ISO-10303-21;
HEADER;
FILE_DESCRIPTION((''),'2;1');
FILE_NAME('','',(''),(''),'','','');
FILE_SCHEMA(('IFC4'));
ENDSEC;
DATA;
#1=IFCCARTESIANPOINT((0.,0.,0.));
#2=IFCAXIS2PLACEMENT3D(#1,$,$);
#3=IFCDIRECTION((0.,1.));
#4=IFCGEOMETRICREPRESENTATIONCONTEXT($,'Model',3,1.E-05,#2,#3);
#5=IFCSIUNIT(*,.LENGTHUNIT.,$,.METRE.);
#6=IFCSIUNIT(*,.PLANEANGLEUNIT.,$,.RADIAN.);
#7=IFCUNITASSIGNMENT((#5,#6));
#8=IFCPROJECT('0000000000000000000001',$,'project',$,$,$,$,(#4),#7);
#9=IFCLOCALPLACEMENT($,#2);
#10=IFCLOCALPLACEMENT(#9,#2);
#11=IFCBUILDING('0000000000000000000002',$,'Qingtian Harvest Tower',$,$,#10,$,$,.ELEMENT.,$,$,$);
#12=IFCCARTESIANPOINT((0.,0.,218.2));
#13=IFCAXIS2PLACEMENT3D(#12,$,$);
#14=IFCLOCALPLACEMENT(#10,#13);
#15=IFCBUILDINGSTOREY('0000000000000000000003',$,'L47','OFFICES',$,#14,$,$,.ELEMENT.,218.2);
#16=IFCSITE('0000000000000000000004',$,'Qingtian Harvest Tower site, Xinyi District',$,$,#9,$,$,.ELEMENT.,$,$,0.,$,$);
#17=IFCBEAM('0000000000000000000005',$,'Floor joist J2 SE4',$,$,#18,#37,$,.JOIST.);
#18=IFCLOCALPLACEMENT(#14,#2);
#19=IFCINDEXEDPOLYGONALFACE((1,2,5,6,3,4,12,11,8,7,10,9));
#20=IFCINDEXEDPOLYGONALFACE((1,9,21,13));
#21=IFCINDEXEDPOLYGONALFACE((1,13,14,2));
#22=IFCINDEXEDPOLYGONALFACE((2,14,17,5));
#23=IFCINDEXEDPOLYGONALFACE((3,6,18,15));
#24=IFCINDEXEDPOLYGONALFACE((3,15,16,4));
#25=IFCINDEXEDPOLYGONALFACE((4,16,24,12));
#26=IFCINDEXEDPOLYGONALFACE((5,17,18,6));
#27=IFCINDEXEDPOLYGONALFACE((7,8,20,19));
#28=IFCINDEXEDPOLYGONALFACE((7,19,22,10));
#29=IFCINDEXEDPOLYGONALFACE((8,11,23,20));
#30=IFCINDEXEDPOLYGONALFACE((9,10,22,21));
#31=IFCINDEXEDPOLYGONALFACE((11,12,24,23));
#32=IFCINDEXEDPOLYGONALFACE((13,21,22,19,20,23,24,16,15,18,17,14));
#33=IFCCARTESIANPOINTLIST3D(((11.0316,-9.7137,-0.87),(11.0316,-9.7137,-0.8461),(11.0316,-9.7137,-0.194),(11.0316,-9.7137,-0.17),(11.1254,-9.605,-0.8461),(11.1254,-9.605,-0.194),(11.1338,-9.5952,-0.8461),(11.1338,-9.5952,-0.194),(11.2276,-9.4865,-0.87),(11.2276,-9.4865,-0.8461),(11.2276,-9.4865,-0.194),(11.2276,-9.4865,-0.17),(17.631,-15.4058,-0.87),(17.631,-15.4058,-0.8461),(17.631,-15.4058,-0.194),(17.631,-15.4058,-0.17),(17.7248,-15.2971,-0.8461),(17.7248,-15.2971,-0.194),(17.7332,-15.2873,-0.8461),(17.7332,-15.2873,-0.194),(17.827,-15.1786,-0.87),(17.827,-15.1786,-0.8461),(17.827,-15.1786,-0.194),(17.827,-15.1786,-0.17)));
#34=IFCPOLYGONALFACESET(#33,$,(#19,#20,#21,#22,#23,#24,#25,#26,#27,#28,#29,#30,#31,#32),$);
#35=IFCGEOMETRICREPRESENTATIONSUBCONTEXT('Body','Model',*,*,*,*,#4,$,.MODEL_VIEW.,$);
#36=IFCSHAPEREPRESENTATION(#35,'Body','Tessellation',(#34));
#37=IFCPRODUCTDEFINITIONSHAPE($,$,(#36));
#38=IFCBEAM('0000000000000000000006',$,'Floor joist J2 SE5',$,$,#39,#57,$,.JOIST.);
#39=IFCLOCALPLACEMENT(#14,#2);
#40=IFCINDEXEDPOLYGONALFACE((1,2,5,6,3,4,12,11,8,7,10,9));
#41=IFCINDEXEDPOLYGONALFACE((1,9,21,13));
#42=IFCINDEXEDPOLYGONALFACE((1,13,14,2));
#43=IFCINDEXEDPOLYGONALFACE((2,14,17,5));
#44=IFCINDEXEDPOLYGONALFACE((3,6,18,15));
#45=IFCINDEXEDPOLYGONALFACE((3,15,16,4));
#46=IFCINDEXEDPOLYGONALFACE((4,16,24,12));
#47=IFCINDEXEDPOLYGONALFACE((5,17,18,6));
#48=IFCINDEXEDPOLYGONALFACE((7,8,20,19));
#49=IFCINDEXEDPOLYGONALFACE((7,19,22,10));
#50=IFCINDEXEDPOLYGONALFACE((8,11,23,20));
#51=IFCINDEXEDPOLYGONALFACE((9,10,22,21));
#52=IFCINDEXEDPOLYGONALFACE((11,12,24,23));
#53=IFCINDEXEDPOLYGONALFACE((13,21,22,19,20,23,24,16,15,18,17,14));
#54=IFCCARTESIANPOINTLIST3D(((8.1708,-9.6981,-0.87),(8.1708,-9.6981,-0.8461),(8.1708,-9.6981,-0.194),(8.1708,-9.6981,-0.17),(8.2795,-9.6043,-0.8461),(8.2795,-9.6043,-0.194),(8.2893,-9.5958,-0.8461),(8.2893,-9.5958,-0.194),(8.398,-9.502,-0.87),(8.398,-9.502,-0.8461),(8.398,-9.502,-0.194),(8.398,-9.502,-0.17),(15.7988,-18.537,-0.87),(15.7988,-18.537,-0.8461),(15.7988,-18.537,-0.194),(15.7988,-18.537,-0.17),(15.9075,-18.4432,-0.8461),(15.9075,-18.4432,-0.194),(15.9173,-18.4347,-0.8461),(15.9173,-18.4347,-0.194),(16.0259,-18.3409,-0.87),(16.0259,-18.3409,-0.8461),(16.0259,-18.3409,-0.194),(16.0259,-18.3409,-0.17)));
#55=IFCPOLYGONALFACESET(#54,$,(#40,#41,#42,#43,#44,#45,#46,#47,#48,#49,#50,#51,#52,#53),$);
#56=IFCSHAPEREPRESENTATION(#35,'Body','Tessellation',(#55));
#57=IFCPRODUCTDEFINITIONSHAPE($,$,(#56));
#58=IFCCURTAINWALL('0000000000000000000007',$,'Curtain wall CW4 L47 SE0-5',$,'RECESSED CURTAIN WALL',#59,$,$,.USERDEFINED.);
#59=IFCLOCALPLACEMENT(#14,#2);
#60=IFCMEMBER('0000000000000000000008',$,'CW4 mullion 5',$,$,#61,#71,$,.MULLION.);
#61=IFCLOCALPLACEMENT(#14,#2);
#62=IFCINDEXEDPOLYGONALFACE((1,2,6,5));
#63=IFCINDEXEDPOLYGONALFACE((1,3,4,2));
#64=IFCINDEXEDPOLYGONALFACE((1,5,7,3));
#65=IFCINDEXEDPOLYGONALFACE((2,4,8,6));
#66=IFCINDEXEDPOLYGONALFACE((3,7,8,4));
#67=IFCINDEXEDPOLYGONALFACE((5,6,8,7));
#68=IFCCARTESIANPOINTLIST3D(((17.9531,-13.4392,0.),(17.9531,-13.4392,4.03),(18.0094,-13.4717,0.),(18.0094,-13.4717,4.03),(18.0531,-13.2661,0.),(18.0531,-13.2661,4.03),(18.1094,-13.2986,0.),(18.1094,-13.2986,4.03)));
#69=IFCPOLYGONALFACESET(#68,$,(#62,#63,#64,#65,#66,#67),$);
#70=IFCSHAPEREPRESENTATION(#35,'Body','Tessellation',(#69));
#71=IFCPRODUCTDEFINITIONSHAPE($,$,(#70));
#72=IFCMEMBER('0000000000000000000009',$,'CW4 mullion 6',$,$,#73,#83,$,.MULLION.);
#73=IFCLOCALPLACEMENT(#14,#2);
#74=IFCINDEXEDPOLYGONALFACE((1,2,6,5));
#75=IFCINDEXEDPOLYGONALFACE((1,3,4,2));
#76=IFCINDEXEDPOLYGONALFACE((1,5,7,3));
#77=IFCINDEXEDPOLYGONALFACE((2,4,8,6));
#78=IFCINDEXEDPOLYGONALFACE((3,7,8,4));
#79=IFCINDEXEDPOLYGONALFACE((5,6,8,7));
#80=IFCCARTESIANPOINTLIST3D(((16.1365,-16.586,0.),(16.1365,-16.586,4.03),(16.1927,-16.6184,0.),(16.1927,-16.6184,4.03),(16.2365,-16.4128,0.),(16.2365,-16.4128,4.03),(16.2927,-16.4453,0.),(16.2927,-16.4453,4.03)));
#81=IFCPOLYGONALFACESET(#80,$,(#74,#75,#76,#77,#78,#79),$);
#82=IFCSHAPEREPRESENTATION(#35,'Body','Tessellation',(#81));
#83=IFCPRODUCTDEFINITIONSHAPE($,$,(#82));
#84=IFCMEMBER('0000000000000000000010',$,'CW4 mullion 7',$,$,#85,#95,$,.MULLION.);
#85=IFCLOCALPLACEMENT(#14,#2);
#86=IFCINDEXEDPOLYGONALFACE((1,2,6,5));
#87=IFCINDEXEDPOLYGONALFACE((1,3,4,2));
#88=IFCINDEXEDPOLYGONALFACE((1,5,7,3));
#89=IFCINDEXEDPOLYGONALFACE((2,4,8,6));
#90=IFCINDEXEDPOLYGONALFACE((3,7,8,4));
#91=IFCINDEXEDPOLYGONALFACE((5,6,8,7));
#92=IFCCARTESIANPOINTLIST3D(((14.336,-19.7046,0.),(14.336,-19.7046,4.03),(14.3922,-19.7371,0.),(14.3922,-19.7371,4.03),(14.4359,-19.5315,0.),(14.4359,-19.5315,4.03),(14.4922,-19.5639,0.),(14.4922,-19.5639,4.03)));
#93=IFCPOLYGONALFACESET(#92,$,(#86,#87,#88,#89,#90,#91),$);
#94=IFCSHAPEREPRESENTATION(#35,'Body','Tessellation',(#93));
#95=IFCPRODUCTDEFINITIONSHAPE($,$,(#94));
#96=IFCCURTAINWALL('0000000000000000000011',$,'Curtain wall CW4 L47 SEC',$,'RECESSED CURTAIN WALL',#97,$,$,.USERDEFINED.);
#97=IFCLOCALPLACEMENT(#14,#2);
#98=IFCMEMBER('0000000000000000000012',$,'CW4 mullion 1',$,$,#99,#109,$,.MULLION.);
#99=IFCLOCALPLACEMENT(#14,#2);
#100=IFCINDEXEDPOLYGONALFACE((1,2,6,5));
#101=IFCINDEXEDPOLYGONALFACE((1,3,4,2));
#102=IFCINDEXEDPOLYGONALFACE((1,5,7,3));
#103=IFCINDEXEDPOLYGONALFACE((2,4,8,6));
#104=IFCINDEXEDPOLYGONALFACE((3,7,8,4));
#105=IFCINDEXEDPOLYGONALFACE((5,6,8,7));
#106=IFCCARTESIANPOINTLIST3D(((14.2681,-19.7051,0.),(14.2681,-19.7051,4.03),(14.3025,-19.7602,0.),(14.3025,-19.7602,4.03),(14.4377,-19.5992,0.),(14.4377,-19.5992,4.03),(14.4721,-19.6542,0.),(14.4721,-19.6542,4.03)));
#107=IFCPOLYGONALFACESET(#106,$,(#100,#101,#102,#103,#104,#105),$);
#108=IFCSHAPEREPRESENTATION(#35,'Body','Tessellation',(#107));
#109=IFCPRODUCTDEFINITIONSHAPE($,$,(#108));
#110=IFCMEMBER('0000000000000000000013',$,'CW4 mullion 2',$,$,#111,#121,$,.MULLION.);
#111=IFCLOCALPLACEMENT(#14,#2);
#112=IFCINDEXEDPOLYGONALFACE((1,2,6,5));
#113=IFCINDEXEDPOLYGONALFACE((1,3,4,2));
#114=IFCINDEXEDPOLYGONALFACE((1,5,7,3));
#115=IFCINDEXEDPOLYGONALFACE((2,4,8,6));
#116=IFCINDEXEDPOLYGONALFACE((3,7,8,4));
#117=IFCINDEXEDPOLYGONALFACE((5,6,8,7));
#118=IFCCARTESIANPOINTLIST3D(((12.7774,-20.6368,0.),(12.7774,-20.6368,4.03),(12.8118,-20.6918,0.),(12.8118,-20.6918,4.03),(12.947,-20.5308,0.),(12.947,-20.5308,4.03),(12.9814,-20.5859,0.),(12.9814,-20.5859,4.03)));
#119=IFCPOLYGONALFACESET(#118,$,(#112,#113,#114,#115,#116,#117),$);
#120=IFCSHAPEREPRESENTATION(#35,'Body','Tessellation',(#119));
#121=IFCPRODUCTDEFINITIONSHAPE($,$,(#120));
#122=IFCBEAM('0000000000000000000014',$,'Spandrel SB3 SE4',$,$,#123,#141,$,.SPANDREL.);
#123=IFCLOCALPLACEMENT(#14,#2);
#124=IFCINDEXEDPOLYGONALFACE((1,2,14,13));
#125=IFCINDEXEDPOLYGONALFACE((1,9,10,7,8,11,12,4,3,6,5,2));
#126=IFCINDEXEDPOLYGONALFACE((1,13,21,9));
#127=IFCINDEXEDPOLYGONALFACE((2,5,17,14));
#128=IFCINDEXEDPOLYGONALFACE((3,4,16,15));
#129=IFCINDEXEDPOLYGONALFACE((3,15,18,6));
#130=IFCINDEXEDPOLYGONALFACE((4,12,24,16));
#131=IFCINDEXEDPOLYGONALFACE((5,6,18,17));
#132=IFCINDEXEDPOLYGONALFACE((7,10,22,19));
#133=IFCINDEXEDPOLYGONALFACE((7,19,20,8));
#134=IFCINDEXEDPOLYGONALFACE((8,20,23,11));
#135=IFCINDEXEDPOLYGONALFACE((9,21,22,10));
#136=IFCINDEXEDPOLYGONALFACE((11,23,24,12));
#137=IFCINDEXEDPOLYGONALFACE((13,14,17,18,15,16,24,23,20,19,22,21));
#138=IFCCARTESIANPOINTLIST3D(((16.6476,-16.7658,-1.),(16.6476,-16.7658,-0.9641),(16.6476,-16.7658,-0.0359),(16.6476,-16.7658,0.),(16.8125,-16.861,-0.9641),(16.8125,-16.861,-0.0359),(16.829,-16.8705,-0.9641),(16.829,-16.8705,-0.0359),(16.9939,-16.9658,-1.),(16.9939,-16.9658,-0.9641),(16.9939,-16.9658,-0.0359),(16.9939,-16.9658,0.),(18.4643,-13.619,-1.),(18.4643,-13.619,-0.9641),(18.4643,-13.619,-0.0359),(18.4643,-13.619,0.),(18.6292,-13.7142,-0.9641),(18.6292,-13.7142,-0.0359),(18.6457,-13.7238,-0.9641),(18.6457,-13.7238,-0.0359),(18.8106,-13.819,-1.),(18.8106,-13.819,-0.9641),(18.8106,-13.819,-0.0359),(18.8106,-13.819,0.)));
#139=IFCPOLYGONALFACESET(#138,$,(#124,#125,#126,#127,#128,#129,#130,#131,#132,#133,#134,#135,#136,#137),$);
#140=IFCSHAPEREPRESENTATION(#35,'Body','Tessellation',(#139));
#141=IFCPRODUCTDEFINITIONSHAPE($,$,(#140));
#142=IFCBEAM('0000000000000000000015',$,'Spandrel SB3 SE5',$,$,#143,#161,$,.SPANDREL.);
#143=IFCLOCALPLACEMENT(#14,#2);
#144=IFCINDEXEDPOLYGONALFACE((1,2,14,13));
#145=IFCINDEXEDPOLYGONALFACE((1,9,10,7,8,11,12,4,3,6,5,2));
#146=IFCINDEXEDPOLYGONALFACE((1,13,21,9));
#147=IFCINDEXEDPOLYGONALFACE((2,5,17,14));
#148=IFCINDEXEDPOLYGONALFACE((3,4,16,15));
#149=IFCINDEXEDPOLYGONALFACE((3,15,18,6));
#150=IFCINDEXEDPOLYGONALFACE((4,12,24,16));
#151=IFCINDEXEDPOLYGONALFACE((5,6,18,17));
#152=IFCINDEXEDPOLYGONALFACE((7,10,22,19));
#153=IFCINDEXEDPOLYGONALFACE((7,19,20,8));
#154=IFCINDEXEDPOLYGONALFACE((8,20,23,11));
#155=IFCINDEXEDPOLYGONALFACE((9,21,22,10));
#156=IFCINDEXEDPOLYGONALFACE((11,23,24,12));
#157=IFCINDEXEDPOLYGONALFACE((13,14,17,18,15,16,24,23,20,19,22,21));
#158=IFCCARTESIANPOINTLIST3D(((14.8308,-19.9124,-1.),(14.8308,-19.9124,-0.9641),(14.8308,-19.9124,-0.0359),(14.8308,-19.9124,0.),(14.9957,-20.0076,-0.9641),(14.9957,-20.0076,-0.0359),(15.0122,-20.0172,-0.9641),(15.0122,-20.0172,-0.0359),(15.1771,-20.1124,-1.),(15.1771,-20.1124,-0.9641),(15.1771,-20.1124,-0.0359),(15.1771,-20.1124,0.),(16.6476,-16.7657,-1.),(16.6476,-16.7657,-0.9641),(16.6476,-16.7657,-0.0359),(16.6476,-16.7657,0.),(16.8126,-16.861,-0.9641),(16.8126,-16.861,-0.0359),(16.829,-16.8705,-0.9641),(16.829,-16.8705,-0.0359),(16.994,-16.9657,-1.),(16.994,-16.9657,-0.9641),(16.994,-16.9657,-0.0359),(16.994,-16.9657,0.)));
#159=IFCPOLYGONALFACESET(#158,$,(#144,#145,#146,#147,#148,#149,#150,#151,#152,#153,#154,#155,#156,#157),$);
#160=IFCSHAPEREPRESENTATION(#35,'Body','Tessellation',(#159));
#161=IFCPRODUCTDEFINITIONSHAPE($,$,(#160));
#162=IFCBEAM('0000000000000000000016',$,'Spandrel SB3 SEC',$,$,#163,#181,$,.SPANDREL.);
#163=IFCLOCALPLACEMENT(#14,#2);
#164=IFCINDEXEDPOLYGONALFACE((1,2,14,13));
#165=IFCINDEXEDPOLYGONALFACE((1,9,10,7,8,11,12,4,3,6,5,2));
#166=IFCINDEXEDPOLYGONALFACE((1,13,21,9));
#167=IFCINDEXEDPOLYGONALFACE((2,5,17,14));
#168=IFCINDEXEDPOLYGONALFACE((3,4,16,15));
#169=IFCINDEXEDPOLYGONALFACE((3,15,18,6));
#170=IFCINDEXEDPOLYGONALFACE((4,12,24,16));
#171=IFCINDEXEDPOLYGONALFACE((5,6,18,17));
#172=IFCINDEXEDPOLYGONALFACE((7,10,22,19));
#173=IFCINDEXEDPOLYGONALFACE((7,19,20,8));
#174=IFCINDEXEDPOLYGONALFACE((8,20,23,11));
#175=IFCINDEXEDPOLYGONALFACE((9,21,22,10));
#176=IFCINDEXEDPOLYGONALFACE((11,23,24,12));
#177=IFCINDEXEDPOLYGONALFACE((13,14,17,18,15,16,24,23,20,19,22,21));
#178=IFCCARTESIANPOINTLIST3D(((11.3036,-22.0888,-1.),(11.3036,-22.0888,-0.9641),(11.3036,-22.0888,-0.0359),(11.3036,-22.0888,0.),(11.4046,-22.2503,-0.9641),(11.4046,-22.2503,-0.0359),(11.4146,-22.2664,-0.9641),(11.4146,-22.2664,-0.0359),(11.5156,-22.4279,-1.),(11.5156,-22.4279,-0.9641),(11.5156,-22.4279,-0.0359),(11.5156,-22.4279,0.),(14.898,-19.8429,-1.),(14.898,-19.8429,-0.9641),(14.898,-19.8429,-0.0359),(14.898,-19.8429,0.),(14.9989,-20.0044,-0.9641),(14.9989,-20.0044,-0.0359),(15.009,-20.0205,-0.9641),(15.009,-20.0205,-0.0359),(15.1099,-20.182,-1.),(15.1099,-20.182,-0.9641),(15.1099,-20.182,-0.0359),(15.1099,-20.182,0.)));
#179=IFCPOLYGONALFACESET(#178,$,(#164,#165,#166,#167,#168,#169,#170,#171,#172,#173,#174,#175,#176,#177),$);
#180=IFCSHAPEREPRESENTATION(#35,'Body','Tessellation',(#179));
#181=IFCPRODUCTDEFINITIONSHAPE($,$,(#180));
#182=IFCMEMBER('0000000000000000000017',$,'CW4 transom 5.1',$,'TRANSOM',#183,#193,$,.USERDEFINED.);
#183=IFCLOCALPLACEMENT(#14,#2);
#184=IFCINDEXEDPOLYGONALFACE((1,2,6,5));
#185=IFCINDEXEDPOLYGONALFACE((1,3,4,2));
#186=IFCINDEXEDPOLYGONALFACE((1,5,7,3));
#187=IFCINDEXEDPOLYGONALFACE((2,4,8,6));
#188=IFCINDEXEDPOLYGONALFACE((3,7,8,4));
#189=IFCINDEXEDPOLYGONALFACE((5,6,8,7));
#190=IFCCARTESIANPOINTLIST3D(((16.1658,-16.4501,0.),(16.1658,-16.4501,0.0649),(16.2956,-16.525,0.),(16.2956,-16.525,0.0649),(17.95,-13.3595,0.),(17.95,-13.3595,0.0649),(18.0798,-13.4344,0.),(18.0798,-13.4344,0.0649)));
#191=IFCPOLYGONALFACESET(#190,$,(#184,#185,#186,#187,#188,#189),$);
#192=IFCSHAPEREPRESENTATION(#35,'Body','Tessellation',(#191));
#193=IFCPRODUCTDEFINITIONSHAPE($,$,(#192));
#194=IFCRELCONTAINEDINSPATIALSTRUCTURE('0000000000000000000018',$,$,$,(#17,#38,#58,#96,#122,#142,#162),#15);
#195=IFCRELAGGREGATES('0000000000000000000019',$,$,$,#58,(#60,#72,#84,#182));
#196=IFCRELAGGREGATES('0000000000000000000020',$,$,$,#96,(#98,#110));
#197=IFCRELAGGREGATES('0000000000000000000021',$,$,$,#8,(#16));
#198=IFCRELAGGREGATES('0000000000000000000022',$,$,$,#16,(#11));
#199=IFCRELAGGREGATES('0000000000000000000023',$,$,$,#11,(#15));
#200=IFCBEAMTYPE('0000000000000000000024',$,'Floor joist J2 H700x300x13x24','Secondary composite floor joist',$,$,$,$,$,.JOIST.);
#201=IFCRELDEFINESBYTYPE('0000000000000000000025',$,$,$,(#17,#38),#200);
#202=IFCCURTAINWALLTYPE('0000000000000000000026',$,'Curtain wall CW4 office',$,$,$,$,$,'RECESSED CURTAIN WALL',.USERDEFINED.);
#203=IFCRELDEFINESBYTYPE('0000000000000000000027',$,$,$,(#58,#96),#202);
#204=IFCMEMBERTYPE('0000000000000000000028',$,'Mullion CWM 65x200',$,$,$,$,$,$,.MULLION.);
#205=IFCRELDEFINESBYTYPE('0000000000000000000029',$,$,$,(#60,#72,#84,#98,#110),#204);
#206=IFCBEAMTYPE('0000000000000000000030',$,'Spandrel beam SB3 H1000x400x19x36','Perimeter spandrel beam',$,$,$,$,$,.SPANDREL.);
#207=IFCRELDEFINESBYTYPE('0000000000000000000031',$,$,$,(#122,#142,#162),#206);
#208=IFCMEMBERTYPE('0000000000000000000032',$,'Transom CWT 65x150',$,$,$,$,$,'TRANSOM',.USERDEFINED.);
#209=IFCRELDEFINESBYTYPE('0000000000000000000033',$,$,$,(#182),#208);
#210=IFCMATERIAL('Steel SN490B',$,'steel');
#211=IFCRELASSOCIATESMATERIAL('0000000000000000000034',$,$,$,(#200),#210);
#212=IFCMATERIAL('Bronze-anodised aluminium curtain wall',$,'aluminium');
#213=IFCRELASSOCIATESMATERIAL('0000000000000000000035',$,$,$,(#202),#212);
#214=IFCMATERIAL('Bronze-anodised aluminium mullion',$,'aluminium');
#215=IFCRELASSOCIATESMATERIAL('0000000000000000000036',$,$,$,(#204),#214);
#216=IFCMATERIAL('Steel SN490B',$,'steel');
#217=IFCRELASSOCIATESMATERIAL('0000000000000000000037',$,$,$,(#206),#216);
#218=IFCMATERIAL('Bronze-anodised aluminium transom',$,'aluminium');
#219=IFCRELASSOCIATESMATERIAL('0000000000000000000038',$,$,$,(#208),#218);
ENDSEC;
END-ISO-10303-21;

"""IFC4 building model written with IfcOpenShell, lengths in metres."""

from ifc_helpers import new_model, si_unit, direction, frame, origin, origin_2d, place, context, subcontext, project, spatial, rectangle, i_section, extrude, material, material_profile, profile_set, type_object, element, aggregate, save


model = new_model("IFC4")

# Units and contexts
model_context = context("Model", 3, precision=1e-05, world=origin(), true_north=direction((0.0, 1.0)))
body_context = subcontext(model_context, "Body", "Model", "MODEL_VIEW")
ifc_project = project(units=[si_unit("LENGTHUNIT", "METRE"), si_unit("PLANEANGLEUNIT", "RADIAN")], contexts=[model_context])

# Site, building, storey
site_placement = place(None, origin())
site = spatial("IfcSite", under=ifc_project, at=site_placement, Name="Qingtian Harvest Tower site, Xinyi District", CompositionType="ELEMENT", RefElevation=0.0)
building_placement = place(site_placement, origin())
building = spatial("IfcBuilding", under=site, at=building_placement, Name="Qingtian Harvest Tower", CompositionType="ELEMENT")
storey_placement = place(building_placement, frame((0.0, 0.0, 218.2)))
storey = spatial("IfcBuildingStorey", under=building, at=storey_placement, Name="L47", Description="OFFICES", CompositionType="ELEMENT", Elevation=218.2)

# Beams
ifc_material_1 = material(Name="Steel SN490B", Category="steel")
ifc_material_profile_1 = material_profile(ifc_material_1, i_section(OverallWidth=0.3, OverallDepth=0.7, WebThickness=0.0129, FlangeThickness=0.0239, at=origin_2d()), Name="H700x300x13x24")
ifc_profile_set_1 = profile_set([ifc_material_profile_1], Name="Steel SN490B")
beam_type_1 = type_object("IfcBeamType", Name="Floor joist J2 H700x300x13x24", Description="Secondary composite floor joist", PredefinedType="JOIST", material=ifc_profile_set_1)
beam_1_placement = place(storey_placement, frame((17.729, -15.2922, -0.52), z_axis=(-0.757238, 0.653139, 0.0), x_axis=(-0.653139, -0.757238, 0.0)))
element("IfcBeam", 1, at=beam_1_placement, inside=storey, type_object=beam_type_1, Name="Floor joist J2 SE4", PredefinedType="JOIST", context=body_context, shape_type="SweptSolid", body=[
    extrude(i_section(OverallWidth=0.3, OverallDepth=0.7, WebThickness=0.0129, FlangeThickness=0.0239, at=origin_2d()), origin(), (0.0, 0.0, 1.0), 8.7151),
])
beam_2_placement = place(storey_placement, frame((15.9124, -18.439, -0.52), z_axis=(-0.653343, 0.757062, 0.0), x_axis=(-0.757062, -0.653343, 0.0)))
element("IfcBeam", 2, at=beam_2_placement, inside=storey, type_object=beam_type_1, Name="Floor joist J2 SE5", PredefinedType="JOIST", context=body_context, shape_type="SweptSolid", body=[
    extrude(i_section(OverallWidth=0.3, OverallDepth=0.7, WebThickness=0.0129, FlangeThickness=0.0239, at=origin_2d()), origin(), (0.0, 0.0, 1.0), 11.6753),
])

# Curtain walls, members
ifc_material_2 = material(Name="Bronze-anodised aluminium curtain wall", Category="aluminium")
curtain_wall_type = type_object("IfcCurtainWallType", Name="Curtain wall CW4 office", ElementType="RECESSED CURTAIN WALL", PredefinedType="USERDEFINED", material=ifc_material_2)
curtain_wall_1_placement = place(storey_placement, origin())
curtain_wall_1 = element("IfcCurtainWall", 3, at=curtain_wall_1_placement, inside=storey, type_object=curtain_wall_type, Name="Curtain wall CW4 L47 SE0-5", ObjectType="RECESSED CURTAIN WALL", PredefinedType="USERDEFINED")
ifc_material_3 = material(Name="Bronze-anodised aluminium mullion", Category="aluminium")
ifc_material_profile_2 = material_profile(ifc_material_3, rectangle(XDim=0.0649, YDim=0.2, at=origin_2d()), Name="AL 65x200")
ifc_profile_set_2 = profile_set([ifc_material_profile_2], Name="Bronze-anodised aluminium mullion")
member_type_1 = type_object("IfcMemberType", Name="Mullion CWM 65x200", PredefinedType="MULLION", material=ifc_profile_set_2)
member_1_placement = place(storey_placement, frame((18.0312, -13.3689, 0.0), z_axis=(0.0, 0.0, 1.0), x_axis=(0.866025, -0.5, 0.0)))
member_1 = element("IfcMember", 4, at=member_1_placement, type_object=member_type_1, Name="CW4 mullion 5", PredefinedType="MULLION", context=body_context, shape_type="SweptSolid", body=[
    extrude(rectangle(XDim=0.0649, YDim=0.2, at=origin_2d()), origin(), (0.0, 0.0, 1.0), 4.03),
])
member_2_placement = place(storey_placement, frame((16.2146, -16.5156, 0.0), z_axis=(0.0, 0.0, 1.0), x_axis=(0.866025, -0.5, 0.0)))
member_2 = element("IfcMember", 5, at=member_2_placement, type_object=member_type_1, Name="CW4 mullion 6", PredefinedType="MULLION", context=body_context, shape_type="SweptSolid", body=[
    extrude(rectangle(XDim=0.0649, YDim=0.2, at=origin_2d()), origin(), (0.0, 0.0, 1.0), 4.03),
])
member_3_placement = place(storey_placement, frame((14.4141, -19.6343, 0.0), z_axis=(0.0, 0.0, 1.0), x_axis=(0.866025, -0.5, 0.0)))
member_3 = element("IfcMember", 6, at=member_3_placement, type_object=member_type_1, Name="CW4 mullion 7", PredefinedType="MULLION", context=body_context, shape_type="SweptSolid", body=[
    extrude(rectangle(XDim=0.0649, YDim=0.2, at=origin_2d()), origin(), (0.0, 0.0, 1.0), 4.03),
])
curtain_wall_2_placement = place(storey_placement, origin())
curtain_wall_2 = element("IfcCurtainWall", 7, at=curtain_wall_2_placement, inside=storey, type_object=curtain_wall_type, Name="Curtain wall CW4 L47 SEC", ObjectType="RECESSED CURTAIN WALL", PredefinedType="USERDEFINED")
member_4_placement = place(storey_placement, frame((14.3701, -19.6797, 0.0), z_axis=(0.0, 0.0, 1.0), x_axis=(0.529919, -0.848048, 0.0)))
member_4 = element("IfcMember", 8, at=member_4_placement, type_object=member_type_1, Name="CW4 mullion 1", PredefinedType="MULLION", context=body_context, shape_type="SweptSolid", body=[
    extrude(rectangle(XDim=0.0649, YDim=0.2, at=origin_2d()), origin(), (0.0, 0.0, 1.0), 4.03),
])
member_5_placement = place(storey_placement, frame((12.8794, -20.6113, 0.0), z_axis=(0.0, 0.0, 1.0), x_axis=(0.529919, -0.848048, 0.0)))
member_5 = element("IfcMember", 9, at=member_5_placement, type_object=member_type_1, Name="CW4 mullion 2", PredefinedType="MULLION", context=body_context, shape_type="SweptSolid", body=[
    extrude(rectangle(XDim=0.0649, YDim=0.2, at=origin_2d()), origin(), (0.0, 0.0, 1.0), 4.03),
])

# Beams
ifc_material_4 = material(Name="Steel SN490B", Category="steel")
ifc_material_profile_3 = material_profile(ifc_material_4, i_section(OverallWidth=0.3999, OverallDepth=1.0, WebThickness=0.019, FlangeThickness=0.0359, at=origin_2d()), Name="H1000x400x19x36")
ifc_profile_set_3 = profile_set([ifc_material_profile_3], Name="Steel SN490B")
beam_type_2 = type_object("IfcBeamType", Name="Spandrel beam SB3 H1000x400x19x36", Description="Perimeter spandrel beam", PredefinedType="SPANDREL", material=ifc_profile_set_3)
for number, where, z_axis, x_axis, name in (
    (10, (18.6375, -13.719, -0.5), (-0.499976, -0.866039, 0.0), (0.866039, -0.499976, 0.0), "Spandrel SB3 SE4"),
    (11, (16.8208, -16.8657, -0.5), (-0.500027, -0.86601, 0.0), (0.86601, -0.500027, 0.0), "Spandrel SB3 SE5"),
):
    element("IfcBeam", number, at=place(storey_placement, frame(where, z_axis=z_axis, x_axis=x_axis)), inside=storey, type_object=beam_type_2, Name=name, PredefinedType="SPANDREL", context=body_context, shape_type="SweptSolid", body=[
        extrude(i_section(OverallWidth=0.3999, OverallDepth=1.0, WebThickness=0.019, FlangeThickness=0.0359, at=origin_2d()), origin(), (0.0, 0.0, 1.0), 3.6335),
    ])
beam_3_placement = place(storey_placement, frame((15.0039, -20.0125, -0.5), z_axis=(-0.848057, -0.529906, 0.0), x_axis=(0.529906, -0.848057, 0.0)))
element("IfcBeam", 12, at=beam_3_placement, inside=storey, type_object=beam_type_2, Name="Spandrel SB3 SEC", PredefinedType="SPANDREL", context=body_context, shape_type="SweptSolid", body=[
    extrude(i_section(OverallWidth=0.3999, OverallDepth=1.0, WebThickness=0.019, FlangeThickness=0.0359, at=origin_2d()), origin(), (0.0, 0.0, 1.0), 4.2383),
])

# Member
ifc_material_5 = material(Name="Bronze-anodised aluminium transom", Category="aluminium")
ifc_material_profile_4 = material_profile(ifc_material_5, rectangle(XDim=0.1499, YDim=0.0649, at=origin_2d()), Name="AL 65x150")
ifc_profile_set_4 = profile_set([ifc_material_profile_4], Name="Bronze-anodised aluminium transom")
member_type_2 = type_object("IfcMemberType", Name="Transom CWT 65x150", ElementType="TRANSOM", PredefinedType="USERDEFINED", material=ifc_profile_set_4)
member_6_placement = place(storey_placement, frame((18.0149, -13.397, 0.0325), z_axis=(-0.499965, -0.866045, 0.0), x_axis=(0.866045, -0.499965, 0.0)))
member_6 = element("IfcMember", 13, at=member_6_placement, type_object=member_type_2, Name="CW4 transom 5.1", ObjectType="TRANSOM", PredefinedType="USERDEFINED", context=body_context, shape_type="SweptSolid", body=[
    extrude(rectangle(XDim=0.1499, YDim=0.0649, at=origin_2d()), origin(), (0.0, 0.0, 1.0), 3.5686),
])

aggregate(curtain_wall_1, [member_1, member_2, member_3, member_6])
aggregate(curtain_wall_2, [member_4, member_5])

save(model, "model.ifc")
